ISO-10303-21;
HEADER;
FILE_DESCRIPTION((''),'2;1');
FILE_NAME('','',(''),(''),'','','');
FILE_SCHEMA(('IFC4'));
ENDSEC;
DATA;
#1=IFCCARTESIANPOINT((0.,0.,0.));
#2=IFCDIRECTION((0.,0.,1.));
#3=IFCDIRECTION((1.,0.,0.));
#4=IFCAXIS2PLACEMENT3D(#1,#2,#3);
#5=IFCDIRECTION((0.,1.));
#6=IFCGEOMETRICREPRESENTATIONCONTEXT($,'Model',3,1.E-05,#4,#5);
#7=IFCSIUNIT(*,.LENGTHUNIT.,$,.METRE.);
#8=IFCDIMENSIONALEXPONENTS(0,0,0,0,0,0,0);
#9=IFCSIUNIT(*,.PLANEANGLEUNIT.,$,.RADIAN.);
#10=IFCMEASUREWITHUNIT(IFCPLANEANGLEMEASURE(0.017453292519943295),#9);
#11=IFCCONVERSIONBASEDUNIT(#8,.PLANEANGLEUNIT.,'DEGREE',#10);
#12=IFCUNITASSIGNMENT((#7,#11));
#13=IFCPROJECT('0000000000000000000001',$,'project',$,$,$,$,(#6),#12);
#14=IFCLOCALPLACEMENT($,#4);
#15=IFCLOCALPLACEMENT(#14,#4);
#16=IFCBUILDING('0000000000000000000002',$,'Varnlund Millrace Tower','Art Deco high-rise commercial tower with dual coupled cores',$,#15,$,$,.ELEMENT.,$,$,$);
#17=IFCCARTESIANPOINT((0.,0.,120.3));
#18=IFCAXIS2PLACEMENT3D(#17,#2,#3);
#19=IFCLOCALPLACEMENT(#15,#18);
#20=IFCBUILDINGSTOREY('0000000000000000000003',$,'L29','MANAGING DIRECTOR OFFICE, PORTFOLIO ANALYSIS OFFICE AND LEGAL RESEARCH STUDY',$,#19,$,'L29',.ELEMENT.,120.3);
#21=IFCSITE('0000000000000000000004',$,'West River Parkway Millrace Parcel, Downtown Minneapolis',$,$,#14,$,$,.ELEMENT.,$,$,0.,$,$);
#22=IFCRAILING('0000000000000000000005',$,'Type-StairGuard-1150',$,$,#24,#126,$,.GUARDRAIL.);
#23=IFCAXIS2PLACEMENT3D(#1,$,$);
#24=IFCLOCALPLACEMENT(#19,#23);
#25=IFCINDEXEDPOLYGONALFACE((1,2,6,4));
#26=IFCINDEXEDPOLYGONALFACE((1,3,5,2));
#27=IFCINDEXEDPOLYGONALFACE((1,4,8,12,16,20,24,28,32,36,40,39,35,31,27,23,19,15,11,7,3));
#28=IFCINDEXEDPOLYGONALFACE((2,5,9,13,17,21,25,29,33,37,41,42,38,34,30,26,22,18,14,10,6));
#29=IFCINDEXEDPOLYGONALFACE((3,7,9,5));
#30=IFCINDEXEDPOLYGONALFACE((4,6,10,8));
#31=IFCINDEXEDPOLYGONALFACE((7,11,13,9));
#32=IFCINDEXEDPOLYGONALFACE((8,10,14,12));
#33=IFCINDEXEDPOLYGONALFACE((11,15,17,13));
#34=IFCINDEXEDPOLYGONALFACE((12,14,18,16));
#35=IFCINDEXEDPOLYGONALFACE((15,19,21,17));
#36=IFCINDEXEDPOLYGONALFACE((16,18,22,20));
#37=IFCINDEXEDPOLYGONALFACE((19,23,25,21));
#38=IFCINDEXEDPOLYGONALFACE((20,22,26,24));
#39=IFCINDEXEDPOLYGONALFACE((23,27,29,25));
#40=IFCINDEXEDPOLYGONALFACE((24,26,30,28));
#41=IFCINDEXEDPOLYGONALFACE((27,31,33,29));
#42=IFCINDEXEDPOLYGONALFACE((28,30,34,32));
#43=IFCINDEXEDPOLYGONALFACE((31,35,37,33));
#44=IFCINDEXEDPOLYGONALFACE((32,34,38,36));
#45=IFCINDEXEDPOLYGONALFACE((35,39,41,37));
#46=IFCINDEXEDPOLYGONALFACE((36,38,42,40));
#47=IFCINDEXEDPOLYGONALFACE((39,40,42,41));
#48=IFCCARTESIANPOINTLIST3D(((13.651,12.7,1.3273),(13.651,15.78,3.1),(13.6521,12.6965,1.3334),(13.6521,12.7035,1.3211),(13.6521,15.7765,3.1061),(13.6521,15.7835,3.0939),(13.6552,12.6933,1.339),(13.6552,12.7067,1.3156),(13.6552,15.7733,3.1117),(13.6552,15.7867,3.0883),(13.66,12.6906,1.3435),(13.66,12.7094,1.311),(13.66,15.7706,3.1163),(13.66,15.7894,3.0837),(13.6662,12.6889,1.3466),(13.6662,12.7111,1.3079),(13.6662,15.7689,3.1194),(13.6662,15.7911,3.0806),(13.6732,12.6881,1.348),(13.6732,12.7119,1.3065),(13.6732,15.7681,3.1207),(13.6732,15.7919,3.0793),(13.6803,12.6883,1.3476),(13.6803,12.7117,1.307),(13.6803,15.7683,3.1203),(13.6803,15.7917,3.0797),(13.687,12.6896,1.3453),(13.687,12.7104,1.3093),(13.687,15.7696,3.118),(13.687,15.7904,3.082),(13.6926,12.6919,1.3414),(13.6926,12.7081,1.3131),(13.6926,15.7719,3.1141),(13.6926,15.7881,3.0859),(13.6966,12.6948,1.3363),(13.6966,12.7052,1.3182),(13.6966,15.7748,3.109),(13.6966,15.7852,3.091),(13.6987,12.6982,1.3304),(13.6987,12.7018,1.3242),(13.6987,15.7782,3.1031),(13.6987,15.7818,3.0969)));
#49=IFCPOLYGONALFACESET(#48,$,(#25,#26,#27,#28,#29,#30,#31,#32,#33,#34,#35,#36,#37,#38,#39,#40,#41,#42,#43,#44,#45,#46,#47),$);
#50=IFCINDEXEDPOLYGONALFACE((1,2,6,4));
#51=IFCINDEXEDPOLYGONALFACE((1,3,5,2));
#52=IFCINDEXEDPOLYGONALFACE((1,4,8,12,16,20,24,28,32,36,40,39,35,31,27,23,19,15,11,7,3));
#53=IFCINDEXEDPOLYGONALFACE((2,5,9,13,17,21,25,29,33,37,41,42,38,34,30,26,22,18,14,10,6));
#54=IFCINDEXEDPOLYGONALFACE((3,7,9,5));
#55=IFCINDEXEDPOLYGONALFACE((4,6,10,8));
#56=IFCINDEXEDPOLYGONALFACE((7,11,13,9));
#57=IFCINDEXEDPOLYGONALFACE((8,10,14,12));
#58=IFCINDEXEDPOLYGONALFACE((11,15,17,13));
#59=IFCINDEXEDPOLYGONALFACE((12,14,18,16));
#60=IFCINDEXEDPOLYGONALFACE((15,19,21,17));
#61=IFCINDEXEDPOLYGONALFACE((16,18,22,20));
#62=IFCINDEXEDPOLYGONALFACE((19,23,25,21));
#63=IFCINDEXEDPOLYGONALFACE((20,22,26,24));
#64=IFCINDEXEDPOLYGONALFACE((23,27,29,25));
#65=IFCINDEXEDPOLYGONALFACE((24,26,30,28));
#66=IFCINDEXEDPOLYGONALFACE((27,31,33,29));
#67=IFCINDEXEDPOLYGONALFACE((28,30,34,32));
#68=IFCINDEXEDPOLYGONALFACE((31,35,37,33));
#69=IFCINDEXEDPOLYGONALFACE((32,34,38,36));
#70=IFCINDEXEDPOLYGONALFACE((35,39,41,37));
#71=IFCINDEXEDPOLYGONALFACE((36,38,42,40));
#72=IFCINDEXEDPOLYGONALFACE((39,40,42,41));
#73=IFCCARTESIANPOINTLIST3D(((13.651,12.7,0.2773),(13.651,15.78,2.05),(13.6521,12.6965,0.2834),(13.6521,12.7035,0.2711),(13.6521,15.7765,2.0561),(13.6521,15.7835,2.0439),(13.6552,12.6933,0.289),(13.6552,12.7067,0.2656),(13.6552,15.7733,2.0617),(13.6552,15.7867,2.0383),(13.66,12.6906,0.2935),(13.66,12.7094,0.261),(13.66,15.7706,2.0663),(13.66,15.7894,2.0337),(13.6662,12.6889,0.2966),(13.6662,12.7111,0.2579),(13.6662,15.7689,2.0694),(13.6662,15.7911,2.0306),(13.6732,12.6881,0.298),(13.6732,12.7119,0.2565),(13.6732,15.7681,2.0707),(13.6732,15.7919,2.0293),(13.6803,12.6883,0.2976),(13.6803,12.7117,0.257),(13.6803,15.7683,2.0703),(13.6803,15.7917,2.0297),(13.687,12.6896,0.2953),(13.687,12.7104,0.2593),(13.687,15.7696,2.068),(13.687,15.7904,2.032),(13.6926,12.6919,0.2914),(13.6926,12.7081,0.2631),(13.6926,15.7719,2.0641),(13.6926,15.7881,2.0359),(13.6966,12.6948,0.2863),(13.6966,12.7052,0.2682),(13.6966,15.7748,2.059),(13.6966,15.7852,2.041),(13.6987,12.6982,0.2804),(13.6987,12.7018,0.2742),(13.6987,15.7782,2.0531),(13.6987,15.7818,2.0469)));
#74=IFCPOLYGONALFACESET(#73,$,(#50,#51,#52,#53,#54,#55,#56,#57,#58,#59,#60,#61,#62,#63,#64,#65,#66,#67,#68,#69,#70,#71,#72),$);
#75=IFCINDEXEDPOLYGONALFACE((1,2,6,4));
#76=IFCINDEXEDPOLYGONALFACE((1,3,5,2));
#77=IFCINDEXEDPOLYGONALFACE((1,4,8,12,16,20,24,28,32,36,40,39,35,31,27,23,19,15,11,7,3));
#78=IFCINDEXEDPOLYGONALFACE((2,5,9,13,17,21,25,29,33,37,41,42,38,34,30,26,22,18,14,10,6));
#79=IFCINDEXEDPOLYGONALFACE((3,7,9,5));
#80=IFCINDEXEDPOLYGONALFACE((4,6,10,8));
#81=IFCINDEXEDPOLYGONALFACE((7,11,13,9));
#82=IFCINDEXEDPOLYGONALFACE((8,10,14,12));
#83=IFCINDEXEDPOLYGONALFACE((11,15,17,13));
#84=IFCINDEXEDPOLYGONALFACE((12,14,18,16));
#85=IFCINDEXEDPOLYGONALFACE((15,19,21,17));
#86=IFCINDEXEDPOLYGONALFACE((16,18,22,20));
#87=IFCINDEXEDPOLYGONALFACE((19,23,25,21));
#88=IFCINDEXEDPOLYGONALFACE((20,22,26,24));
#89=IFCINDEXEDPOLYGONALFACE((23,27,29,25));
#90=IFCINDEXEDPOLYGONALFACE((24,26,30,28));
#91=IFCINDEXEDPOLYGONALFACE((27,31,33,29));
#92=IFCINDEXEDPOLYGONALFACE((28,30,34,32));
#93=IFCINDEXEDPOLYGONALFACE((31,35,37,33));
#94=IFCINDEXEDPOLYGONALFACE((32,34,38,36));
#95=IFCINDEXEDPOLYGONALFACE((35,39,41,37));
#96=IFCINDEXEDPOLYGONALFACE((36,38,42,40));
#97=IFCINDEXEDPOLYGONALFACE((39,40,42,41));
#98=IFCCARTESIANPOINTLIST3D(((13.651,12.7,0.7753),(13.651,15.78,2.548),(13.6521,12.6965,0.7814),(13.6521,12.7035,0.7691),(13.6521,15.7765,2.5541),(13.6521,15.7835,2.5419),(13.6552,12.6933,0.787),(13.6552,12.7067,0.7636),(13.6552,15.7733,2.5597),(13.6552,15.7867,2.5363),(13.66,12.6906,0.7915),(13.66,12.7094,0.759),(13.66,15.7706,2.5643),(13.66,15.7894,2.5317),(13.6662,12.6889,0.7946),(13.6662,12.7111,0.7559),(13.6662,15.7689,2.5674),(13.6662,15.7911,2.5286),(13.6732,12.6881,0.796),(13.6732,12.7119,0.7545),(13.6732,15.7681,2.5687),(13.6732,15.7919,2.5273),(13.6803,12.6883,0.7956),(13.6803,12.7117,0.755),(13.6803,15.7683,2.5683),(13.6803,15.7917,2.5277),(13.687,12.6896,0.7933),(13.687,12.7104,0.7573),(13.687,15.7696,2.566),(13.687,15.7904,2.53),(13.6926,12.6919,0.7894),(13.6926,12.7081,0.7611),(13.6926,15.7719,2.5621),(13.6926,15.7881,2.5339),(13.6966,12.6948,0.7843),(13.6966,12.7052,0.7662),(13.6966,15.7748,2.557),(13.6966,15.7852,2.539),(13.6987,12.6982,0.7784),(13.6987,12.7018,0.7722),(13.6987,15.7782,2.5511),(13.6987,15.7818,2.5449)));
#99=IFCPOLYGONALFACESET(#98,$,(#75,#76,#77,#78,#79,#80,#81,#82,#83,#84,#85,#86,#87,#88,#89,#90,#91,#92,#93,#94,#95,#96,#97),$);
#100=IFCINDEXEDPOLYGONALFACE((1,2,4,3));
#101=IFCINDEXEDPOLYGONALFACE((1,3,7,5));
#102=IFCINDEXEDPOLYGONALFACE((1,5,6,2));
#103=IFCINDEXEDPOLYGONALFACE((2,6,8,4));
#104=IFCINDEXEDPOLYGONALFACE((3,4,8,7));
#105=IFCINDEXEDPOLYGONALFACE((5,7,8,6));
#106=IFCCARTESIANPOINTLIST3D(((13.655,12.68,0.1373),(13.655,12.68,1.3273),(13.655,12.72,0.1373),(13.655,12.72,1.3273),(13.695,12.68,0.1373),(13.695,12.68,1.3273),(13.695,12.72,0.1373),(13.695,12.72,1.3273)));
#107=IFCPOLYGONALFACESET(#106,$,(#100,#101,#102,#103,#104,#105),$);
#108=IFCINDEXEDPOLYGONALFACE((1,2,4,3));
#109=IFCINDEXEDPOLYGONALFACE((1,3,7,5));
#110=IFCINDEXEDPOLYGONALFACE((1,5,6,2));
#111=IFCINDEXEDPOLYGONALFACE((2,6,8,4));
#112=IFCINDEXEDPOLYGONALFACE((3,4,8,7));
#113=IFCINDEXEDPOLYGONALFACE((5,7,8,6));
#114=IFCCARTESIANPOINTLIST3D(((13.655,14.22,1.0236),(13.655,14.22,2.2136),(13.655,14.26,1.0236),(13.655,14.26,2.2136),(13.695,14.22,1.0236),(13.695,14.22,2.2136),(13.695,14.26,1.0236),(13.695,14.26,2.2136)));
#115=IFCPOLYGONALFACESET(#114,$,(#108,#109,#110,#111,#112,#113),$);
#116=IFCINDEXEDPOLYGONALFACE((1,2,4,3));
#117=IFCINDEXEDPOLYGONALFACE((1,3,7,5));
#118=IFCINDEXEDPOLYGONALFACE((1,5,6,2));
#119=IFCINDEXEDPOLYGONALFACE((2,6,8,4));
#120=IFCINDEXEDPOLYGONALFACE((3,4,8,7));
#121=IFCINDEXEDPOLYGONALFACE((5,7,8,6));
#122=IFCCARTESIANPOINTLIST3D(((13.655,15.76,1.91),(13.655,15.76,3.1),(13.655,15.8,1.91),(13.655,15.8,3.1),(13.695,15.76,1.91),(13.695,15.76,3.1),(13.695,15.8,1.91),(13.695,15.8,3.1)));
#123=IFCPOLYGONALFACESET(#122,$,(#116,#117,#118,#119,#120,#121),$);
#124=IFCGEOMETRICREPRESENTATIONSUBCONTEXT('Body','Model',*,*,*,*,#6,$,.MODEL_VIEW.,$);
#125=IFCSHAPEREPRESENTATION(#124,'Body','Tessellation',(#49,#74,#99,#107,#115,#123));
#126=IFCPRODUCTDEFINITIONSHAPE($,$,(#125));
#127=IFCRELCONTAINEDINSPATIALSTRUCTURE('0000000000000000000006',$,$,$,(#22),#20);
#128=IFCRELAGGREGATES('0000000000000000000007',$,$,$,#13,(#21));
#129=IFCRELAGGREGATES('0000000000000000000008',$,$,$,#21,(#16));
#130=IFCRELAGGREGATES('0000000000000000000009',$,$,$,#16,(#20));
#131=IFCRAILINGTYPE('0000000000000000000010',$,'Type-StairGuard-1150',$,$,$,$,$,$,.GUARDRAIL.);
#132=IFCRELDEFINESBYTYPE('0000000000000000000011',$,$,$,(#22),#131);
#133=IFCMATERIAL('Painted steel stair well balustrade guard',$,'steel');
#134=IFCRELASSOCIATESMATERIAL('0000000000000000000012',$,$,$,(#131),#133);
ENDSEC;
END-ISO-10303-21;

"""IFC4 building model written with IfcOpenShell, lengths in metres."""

from ifc_helpers import new_model, entity, si_unit, converted_unit, direction, frame, origin_with_axes, origin_2d_with_axis, place, context, subcontext, project, spatial, rectangle, circle, extrude, material, type_object, element, save


model = new_model("IFC4")

# Units and contexts
model_context = context("Model", 3, precision=1e-05, world=origin_with_axes(), true_north=direction((0.0, 1.0)))
body_context = subcontext(model_context, "Body", "Model", "MODEL_VIEW")
ifc_project = project(units=[si_unit("LENGTHUNIT", "METRE"), converted_unit("PLANEANGLEUNIT", "DEGREE", entity("IfcPlaneAngleMeasure", 0.017453292519943295), si_unit("PLANEANGLEUNIT", "RADIAN"), dimensions=[0, 0, 0, 0, 0, 0, 0])], contexts=[model_context])

# Site, building, storey
site_placement = place(None, origin_with_axes())
site = spatial("IfcSite", under=ifc_project, at=site_placement, Name="West River Parkway Millrace Parcel, Downtown Minneapolis", CompositionType="ELEMENT", RefElevation=0.0)
building_placement = place(site_placement, origin_with_axes())
building = spatial("IfcBuilding", under=site, at=building_placement, Name="Varnlund Millrace Tower", Description="Art Deco high-rise commercial tower with dual coupled cores", CompositionType="ELEMENT")
storey_placement = place(building_placement, frame((0.0, 0.0, 120.3), z_axis=(0.0, 0.0, 1.0), x_axis=(1.0, 0.0, 0.0)))
storey = spatial("IfcBuildingStorey", under=building, at=storey_placement, Name="L29", Description="MANAGING DIRECTOR OFFICE, PORTFOLIO ANALYSIS OFFICE AND LEGAL RESEARCH STUDY", LongName="L29", CompositionType="ELEMENT", Elevation=120.3)

# Railing
ifc_material_1 = material(Name="Painted steel stair well balustrade guard", Category="steel")
railing_type_1 = type_object("IfcRailingType", Name="Type-StairGuard-1150", PredefinedType="GUARDRAIL", material=ifc_material_1)
railing_1_placement = place(storey_placement, frame((0.0, 0.0, -120.3), z_axis=(0.0, 0.0, 1.0), x_axis=(1.0, 0.0, 0.0)))
element("IfcRailing", 1, at=railing_1_placement, inside=storey, type_object=railing_type_1, Name="Type-StairGuard-1150", PredefinedType="GUARDRAIL", context=body_context, shape_type="SweptSolid", body=[
    extrude(circle(Radius=0.024, at=origin_2d_with_axis()), frame((13.675, 12.7, 121.6273), z_axis=(0.0, 0.866696, 0.498836), x_axis=(-1.0, 0.0, 0.0)), (0.0, 0.0, 1.0), 3.5537),
    extrude(circle(Radius=0.024, at=origin_2d_with_axis()), frame((13.675, 12.7, 120.5773), z_axis=(0.0, 0.866696, 0.498836), x_axis=(-1.0, 0.0, 0.0)), (0.0, 0.0, 1.0), 3.5537),
    extrude(circle(Radius=0.024, at=origin_2d_with_axis()), frame((13.675, 12.7, 121.0753), z_axis=(0.0, 0.866696, 0.498836), x_axis=(-1.0, 0.0, 0.0)), (0.0, 0.0, 1.0), 3.5537),
    extrude(rectangle(XDim=0.04, YDim=0.04, at=origin_2d_with_axis()), frame((13.675, 12.7, 120.4373), z_axis=(0.0, 0.0, 1.0), x_axis=(1.0, 0.0, 0.0)), (0.0, 0.0, 1.0), 1.19),
    extrude(rectangle(XDim=0.04, YDim=0.04, at=origin_2d_with_axis()), frame((13.675, 14.24, 121.3236), z_axis=(0.0, 0.0, 1.0), x_axis=(1.0, 0.0, 0.0)), (0.0, 0.0, 1.0), 1.19),
    extrude(rectangle(XDim=0.04, YDim=0.04, at=origin_2d_with_axis()), frame((13.675, 15.78, 122.21), z_axis=(0.0, 0.0, 1.0), x_axis=(1.0, 0.0, 0.0)), (0.0, 0.0, 1.0), 1.19),
])

save(model, "model.ifc")
